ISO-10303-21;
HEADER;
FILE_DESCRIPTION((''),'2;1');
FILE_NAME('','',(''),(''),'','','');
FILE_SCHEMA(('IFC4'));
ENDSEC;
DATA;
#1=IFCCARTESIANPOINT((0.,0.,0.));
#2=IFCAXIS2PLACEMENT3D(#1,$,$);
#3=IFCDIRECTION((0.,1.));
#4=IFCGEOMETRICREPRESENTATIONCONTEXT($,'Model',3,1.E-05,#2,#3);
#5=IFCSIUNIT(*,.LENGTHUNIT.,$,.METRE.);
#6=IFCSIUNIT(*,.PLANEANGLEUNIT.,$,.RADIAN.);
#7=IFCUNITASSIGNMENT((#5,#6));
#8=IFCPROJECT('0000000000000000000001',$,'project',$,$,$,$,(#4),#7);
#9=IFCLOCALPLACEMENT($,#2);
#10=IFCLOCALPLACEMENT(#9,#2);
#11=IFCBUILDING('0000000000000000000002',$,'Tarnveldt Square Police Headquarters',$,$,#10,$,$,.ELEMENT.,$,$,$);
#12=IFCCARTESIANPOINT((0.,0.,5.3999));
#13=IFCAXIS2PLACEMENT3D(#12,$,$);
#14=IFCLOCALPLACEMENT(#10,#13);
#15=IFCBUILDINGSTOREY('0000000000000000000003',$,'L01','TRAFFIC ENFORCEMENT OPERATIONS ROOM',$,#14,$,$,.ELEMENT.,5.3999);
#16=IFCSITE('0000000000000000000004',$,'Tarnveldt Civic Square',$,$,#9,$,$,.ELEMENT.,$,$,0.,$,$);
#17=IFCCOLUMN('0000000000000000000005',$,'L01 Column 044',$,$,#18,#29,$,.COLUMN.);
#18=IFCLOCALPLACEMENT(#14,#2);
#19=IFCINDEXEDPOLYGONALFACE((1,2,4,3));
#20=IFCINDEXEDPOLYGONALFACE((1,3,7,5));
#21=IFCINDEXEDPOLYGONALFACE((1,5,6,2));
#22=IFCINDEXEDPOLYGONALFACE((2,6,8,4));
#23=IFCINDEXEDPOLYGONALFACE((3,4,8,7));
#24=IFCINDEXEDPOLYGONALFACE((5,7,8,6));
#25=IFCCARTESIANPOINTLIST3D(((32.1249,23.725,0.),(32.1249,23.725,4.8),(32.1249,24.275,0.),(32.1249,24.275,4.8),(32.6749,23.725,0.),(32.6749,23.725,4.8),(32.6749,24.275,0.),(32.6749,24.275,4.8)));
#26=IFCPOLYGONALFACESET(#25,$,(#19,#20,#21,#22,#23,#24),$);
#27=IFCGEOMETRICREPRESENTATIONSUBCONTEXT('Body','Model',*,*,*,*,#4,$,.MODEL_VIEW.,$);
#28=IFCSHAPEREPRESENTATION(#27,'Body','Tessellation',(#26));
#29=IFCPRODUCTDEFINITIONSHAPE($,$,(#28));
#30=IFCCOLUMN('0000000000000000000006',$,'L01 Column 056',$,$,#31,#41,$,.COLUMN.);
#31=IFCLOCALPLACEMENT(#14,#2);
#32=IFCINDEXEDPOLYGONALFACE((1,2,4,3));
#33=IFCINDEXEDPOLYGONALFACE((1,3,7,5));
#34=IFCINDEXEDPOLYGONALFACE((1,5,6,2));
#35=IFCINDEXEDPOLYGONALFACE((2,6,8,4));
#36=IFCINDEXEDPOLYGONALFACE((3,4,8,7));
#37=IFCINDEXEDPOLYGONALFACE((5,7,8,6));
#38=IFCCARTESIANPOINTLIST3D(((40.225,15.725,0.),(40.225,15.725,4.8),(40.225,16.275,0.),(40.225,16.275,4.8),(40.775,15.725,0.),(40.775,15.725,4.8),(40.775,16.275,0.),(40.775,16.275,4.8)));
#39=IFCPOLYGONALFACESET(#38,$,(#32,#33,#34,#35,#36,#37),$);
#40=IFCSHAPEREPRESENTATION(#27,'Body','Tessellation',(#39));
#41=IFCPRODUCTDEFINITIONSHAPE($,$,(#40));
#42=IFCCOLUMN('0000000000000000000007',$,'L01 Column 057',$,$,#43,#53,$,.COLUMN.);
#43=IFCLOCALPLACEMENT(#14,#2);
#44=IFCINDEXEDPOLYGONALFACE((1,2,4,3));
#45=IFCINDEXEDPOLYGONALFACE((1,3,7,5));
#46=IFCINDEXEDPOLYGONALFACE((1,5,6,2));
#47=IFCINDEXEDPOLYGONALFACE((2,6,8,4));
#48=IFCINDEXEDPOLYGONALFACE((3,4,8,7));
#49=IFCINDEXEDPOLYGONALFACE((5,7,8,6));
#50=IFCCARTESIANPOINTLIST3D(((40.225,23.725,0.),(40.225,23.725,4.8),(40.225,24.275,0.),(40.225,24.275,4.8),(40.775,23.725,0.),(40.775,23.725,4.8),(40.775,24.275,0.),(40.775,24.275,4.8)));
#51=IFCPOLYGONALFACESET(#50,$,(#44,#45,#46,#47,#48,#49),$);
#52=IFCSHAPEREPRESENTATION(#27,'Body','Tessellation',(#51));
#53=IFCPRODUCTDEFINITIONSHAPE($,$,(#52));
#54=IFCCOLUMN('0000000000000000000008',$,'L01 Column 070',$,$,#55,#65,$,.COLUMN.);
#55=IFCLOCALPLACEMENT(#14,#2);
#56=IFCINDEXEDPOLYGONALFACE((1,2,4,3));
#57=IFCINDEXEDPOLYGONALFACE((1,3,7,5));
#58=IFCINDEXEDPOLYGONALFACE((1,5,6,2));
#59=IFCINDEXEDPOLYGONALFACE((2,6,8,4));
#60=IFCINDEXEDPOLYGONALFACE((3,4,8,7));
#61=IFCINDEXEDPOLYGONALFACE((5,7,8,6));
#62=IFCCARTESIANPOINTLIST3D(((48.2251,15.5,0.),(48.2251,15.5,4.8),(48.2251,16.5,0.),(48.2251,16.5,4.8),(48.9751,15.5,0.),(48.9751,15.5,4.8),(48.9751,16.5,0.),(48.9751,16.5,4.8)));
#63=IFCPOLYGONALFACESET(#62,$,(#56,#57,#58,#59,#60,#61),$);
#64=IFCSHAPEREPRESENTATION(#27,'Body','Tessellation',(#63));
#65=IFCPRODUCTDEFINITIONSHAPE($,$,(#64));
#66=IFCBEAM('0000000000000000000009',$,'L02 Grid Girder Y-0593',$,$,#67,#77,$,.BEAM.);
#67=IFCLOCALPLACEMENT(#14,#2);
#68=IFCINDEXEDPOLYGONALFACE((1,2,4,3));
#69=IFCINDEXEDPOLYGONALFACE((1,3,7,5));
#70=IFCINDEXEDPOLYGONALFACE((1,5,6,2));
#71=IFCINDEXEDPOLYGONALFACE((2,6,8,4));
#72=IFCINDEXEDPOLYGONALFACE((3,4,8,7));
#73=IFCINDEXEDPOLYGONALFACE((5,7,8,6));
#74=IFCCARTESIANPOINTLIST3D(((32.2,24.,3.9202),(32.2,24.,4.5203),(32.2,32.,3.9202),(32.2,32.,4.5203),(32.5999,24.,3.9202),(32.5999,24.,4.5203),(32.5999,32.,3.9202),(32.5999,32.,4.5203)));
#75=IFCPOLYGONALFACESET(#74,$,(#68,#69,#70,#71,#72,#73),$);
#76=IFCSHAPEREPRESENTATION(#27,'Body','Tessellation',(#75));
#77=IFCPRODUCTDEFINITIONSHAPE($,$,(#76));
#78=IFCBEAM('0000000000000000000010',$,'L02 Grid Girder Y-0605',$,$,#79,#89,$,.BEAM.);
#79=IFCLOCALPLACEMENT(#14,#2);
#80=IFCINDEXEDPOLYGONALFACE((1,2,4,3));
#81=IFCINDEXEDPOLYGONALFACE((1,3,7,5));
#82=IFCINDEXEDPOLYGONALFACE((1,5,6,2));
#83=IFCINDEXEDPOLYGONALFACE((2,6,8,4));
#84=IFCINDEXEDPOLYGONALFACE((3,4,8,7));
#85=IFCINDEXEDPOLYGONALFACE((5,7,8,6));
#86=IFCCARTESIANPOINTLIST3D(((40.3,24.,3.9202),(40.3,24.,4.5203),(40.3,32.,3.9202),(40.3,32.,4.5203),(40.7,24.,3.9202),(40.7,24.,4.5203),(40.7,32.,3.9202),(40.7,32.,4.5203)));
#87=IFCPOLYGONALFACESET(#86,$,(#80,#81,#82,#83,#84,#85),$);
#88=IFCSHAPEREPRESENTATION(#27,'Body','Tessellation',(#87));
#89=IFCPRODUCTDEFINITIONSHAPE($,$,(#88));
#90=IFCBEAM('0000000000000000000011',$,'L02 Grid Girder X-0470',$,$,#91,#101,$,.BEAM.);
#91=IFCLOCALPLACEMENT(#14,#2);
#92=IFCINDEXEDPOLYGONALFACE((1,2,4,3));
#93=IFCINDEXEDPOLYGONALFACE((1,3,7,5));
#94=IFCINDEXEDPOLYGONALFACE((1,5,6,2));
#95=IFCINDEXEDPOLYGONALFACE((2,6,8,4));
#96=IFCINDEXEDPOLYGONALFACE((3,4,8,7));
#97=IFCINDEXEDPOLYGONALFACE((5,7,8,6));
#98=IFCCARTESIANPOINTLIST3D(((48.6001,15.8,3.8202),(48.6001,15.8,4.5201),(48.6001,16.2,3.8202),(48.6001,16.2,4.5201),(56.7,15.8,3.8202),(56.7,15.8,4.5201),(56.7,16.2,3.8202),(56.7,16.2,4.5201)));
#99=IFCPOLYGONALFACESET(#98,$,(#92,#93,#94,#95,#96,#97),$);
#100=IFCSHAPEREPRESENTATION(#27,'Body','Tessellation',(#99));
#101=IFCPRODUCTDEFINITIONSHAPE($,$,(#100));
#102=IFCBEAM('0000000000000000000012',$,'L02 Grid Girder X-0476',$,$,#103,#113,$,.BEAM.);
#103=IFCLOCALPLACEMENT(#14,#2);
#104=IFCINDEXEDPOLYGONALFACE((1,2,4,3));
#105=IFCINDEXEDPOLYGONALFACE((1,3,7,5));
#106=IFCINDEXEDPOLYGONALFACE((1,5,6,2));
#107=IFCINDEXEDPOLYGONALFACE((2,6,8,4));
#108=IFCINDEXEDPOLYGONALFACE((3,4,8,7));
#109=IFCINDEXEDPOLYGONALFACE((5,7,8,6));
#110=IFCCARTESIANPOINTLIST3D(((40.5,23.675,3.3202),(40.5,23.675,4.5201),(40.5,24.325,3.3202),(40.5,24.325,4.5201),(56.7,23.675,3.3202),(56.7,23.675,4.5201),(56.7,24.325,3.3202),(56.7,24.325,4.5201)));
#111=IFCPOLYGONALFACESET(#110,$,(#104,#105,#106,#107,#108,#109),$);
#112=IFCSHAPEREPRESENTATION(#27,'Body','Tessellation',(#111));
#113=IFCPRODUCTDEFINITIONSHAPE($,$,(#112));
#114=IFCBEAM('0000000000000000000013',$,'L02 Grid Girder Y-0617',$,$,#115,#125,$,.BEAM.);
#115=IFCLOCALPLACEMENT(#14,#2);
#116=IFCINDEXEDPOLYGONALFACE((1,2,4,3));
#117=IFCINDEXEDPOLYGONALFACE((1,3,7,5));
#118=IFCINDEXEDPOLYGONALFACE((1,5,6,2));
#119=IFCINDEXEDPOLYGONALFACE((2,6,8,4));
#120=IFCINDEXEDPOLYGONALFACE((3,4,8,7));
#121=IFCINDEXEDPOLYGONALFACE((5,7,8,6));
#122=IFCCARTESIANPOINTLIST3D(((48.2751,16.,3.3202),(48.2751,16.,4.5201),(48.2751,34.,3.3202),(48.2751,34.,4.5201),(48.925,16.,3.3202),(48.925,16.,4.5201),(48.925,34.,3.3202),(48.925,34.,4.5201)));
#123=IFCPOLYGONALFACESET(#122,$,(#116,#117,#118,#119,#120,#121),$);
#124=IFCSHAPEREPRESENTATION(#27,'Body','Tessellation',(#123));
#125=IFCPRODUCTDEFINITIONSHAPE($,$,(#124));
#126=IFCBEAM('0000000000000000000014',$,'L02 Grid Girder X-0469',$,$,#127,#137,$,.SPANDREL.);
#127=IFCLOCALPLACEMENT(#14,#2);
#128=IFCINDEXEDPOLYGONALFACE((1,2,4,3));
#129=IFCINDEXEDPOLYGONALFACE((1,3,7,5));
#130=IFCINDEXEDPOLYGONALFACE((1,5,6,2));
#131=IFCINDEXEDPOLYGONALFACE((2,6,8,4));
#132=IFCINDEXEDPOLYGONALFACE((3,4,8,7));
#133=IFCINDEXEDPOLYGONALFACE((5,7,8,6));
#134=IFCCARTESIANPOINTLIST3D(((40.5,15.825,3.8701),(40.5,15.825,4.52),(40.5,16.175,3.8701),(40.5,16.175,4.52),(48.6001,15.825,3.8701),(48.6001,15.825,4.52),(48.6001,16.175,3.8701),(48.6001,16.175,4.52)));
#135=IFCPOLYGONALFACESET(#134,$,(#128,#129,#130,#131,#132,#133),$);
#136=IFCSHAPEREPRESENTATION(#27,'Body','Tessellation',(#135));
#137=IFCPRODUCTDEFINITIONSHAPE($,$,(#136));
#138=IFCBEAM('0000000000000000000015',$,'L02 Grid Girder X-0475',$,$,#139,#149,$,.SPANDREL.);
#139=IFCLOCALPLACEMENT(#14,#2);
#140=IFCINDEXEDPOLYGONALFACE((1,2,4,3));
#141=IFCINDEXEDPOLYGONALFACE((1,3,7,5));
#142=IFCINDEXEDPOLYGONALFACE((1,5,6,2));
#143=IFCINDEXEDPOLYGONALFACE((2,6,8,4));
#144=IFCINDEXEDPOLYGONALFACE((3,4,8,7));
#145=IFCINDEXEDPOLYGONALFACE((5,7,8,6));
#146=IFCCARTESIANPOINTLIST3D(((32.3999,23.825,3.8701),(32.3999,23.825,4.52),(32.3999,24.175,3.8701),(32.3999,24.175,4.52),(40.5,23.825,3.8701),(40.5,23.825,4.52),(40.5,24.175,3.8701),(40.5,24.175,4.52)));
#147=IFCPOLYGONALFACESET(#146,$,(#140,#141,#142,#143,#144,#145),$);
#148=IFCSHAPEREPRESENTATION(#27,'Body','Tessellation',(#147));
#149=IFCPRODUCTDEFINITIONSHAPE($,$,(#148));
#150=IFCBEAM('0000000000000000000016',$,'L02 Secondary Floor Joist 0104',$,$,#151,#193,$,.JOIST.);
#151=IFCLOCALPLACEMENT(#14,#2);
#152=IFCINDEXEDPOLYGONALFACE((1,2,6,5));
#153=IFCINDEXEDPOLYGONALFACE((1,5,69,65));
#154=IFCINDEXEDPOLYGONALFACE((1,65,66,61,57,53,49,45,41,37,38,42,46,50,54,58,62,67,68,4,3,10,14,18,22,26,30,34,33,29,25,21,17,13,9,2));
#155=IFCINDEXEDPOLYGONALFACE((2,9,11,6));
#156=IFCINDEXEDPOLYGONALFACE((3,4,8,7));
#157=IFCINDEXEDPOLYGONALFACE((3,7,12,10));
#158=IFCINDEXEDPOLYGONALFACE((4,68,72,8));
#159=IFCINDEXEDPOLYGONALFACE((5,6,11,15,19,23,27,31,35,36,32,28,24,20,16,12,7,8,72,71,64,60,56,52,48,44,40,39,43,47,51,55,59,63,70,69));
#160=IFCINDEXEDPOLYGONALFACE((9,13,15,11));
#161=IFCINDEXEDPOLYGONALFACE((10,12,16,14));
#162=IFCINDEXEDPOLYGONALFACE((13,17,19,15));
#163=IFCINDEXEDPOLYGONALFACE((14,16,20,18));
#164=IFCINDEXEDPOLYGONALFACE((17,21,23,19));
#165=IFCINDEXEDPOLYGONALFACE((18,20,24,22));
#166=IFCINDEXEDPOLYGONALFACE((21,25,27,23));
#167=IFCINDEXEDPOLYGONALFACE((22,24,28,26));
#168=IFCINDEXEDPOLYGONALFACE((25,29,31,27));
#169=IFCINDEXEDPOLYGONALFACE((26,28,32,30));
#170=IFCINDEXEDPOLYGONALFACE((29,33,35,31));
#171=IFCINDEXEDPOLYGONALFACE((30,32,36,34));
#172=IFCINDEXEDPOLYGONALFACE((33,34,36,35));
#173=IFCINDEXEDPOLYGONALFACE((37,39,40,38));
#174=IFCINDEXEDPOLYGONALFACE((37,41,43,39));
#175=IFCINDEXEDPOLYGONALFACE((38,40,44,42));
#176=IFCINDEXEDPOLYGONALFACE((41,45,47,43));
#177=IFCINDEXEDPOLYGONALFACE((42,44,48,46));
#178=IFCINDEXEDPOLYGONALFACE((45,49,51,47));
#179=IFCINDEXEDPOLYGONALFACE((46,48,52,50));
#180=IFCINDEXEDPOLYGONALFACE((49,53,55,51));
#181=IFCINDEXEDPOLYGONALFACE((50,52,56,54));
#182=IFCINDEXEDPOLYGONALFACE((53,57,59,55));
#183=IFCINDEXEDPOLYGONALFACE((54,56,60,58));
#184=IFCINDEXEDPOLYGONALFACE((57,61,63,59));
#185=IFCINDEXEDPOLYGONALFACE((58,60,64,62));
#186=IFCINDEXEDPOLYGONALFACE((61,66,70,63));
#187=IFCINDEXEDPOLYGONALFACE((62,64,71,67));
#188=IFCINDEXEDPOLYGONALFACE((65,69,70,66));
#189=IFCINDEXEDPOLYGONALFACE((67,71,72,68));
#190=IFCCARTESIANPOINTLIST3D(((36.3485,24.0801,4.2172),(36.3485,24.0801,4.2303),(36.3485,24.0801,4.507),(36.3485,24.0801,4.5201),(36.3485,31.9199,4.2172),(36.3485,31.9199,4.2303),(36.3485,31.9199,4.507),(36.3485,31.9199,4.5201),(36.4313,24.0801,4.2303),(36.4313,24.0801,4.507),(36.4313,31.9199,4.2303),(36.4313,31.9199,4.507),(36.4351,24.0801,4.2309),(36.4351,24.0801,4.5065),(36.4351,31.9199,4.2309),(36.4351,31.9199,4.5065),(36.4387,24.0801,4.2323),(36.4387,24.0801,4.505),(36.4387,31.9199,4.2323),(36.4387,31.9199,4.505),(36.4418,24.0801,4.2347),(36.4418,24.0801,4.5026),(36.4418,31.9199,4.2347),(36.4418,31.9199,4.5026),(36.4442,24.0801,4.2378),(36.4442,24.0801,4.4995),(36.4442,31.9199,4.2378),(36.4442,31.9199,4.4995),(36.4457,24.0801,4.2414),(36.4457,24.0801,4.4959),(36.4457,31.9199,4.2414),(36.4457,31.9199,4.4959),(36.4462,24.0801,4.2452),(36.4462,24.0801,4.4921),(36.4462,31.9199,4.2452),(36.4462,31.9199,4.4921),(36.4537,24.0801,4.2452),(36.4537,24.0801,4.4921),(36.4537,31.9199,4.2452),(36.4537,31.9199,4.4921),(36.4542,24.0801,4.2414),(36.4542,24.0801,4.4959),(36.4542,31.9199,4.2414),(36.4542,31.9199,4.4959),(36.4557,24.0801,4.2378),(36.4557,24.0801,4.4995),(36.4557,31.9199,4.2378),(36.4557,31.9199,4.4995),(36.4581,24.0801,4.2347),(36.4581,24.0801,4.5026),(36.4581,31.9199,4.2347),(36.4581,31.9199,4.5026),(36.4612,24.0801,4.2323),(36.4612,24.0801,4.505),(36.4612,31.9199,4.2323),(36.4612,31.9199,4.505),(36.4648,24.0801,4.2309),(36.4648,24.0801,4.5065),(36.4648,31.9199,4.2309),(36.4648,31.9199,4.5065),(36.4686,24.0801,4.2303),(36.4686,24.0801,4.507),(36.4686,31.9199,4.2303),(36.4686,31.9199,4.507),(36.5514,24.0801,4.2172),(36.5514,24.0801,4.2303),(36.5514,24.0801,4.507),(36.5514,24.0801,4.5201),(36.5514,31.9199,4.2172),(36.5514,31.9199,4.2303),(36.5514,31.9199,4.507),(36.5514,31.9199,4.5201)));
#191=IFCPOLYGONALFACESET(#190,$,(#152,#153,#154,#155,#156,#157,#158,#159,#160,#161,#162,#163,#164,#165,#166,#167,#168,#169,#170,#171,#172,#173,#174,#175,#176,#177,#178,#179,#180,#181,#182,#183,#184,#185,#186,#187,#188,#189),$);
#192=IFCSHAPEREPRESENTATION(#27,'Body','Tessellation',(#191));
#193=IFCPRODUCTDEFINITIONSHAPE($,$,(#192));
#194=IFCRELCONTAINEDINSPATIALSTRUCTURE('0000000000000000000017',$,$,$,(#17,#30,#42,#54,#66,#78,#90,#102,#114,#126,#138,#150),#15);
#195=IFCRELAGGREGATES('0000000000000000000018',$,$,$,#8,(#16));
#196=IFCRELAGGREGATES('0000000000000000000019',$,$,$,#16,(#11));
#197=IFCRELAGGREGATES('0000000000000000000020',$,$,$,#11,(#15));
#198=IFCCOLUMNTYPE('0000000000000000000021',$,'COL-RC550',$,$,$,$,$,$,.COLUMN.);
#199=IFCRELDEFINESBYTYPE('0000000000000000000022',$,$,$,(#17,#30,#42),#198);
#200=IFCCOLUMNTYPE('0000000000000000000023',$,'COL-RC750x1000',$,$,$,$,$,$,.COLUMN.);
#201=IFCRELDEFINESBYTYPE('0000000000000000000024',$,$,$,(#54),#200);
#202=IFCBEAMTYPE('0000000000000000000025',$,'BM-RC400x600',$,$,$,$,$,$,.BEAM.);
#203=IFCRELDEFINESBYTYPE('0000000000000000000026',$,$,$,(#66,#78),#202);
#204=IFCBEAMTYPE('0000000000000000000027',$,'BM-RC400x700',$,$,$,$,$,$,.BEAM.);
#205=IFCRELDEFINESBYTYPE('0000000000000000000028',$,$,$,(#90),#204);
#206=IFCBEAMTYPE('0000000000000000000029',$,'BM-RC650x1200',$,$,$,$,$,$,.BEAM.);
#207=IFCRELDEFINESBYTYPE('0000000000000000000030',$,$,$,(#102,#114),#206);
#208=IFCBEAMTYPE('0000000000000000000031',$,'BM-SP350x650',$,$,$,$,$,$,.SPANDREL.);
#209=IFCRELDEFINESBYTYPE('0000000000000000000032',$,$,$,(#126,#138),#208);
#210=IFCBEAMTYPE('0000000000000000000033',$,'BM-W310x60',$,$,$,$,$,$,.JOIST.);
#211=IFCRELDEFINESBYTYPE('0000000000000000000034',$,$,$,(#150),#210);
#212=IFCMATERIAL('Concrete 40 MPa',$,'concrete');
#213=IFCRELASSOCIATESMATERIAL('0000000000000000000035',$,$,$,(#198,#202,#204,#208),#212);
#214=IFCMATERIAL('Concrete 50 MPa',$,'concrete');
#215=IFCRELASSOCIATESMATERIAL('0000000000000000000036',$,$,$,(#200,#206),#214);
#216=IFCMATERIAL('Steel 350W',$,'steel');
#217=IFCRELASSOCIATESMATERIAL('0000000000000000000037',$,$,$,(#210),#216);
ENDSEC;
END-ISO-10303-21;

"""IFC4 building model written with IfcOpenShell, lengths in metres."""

from ifc_helpers import new_model, si_unit, direction, frame, origin, origin_2d, place, context, subcontext, project, spatial, rectangle, i_section, extrude, material, material_profile, profile_set, type_object, element, save


model = new_model("IFC4")

# Units and contexts
model_context = context("Model", 3, precision=1e-05, world=origin(), true_north=direction((0.0, 1.0)))
body_context = subcontext(model_context, "Body", "Model", "MODEL_VIEW")
ifc_project = project(units=[si_unit("LENGTHUNIT", "METRE"), si_unit("PLANEANGLEUNIT", "RADIAN")], contexts=[model_context])

# Site, building, storey
site_placement = place(None, origin())
site = spatial("IfcSite", under=ifc_project, at=site_placement, Name="Tarnveldt Civic Square", CompositionType="ELEMENT", RefElevation=0.0)
building_placement = place(site_placement, origin())
building = spatial("IfcBuilding", under=site, at=building_placement, Name="Tarnveldt Square Police Headquarters", CompositionType="ELEMENT")
storey_placement = place(building_placement, frame((0.0, 0.0, 5.3999)))
storey = spatial("IfcBuildingStorey", under=building, at=storey_placement, Name="L01", Description="TRAFFIC ENFORCEMENT OPERATIONS ROOM", CompositionType="ELEMENT", Elevation=5.3999)

# Columns
ifc_material_1 = material(Name="Concrete 40 MPa", Category="concrete")
ifc_material_profile_1 = material_profile(ifc_material_1, rectangle(XDim=0.55, YDim=0.55, at=origin_2d()), Name="RC-C550x550")
ifc_profile_set_1 = profile_set([ifc_material_profile_1], Name="Concrete 40 MPa")
column_type_1 = type_object("IfcColumnType", Name="COL-RC550", PredefinedType="COLUMN", material=ifc_profile_set_1)
for number, where, z_axis, x_axis, name in (
    (1, (32.3999, 24.0, 0.0), (0.0, 0.0, 1.0), (1.0, 0.0, 0.0), "L01 Column 044"),
    (2, (40.5, 16.0, 0.0), (0.0, 0.0, 1.0), (1.0, 0.0, 0.0), "L01 Column 056"),
    (3, (40.5, 24.0, 0.0), (0.0, 0.0, 1.0), (1.0, 0.0, 0.0), "L01 Column 057"),
):
    element("IfcColumn", number, at=place(storey_placement, frame(where, z_axis=z_axis, x_axis=x_axis)), inside=storey, type_object=column_type_1, Name=name, PredefinedType="COLUMN", context=body_context, shape_type="SweptSolid", body=[
        extrude(rectangle(XDim=0.55, YDim=0.55, at=origin_2d()), origin(), (0.0, 0.0, 1.0), 4.8),
    ])
ifc_material_2 = material(Name="Concrete 50 MPa", Category="concrete")
ifc_material_profile_2 = material_profile(ifc_material_2, rectangle(XDim=0.75, YDim=1.0, at=origin_2d()), Name="RC-C750x1000")
ifc_profile_set_2 = profile_set([ifc_material_profile_2], Name="Concrete 50 MPa")
column_type_2 = type_object("IfcColumnType", Name="COL-RC750x1000", PredefinedType="COLUMN", material=ifc_profile_set_2)
column_placement = place(storey_placement, frame((48.6001, 16.0, 0.0), z_axis=(0.0, 0.0, 1.0), x_axis=(1.0, 0.0, 0.0)))
element("IfcColumn", 4, at=column_placement, inside=storey, type_object=column_type_2, Name="L01 Column 070", PredefinedType="COLUMN", context=body_context, shape_type="SweptSolid", body=[
    extrude(rectangle(XDim=0.75, YDim=1.0, at=origin_2d()), origin(), (0.0, 0.0, 1.0), 4.8),
])

# Beams
ifc_material_profile_3 = material_profile(ifc_material_1, rectangle(XDim=0.3999, YDim=0.6001, at=origin_2d()), Name="RC-B400x600")
ifc_profile_set_3 = profile_set([ifc_material_profile_3], Name="Concrete 40 MPa")
beam_type_1 = type_object("IfcBeamType", Name="BM-RC400x600", PredefinedType="BEAM", material=ifc_profile_set_3)
for number, where, z_axis, x_axis, name in (
    (5, (32.3999, 24.0, 4.2202), (0.0, 1.0, 0.0), (-1.0, 0.0, 0.0), "L02 Grid Girder Y-0593"),
    (6, (40.5, 24.0, 4.2202), (0.0, 1.0, 0.0), (-1.0, 0.0, 0.0), "L02 Grid Girder Y-0605"),
):
    element("IfcBeam", number, at=place(storey_placement, frame(where, z_axis=z_axis, x_axis=x_axis)), inside=storey, type_object=beam_type_1, Name=name, PredefinedType="BEAM", context=body_context, shape_type="SweptSolid", body=[
        extrude(rectangle(XDim=0.3999, YDim=0.6001, at=origin_2d()), origin(), (0.0, 0.0, 1.0), 8.0),
    ])
ifc_material_profile_4 = material_profile(ifc_material_1, rectangle(XDim=0.3999, YDim=0.7, at=origin_2d()), Name="RC-B400x700")
ifc_profile_set_4 = profile_set([ifc_material_profile_4], Name="Concrete 40 MPa")
beam_type_2 = type_object("IfcBeamType", Name="BM-RC400x700", PredefinedType="BEAM", material=ifc_profile_set_4)
beam_1_placement = place(storey_placement, frame((48.6001, 16.0, 4.1702), z_axis=(1.0, 0.0, 0.0), x_axis=(0.0, 1.0, 0.0)))
element("IfcBeam", 7, at=beam_1_placement, inside=storey, type_object=beam_type_2, Name="L02 Grid Girder X-0470", PredefinedType="BEAM", context=body_context, shape_type="SweptSolid", body=[
    extrude(rectangle(XDim=0.3999, YDim=0.7, at=origin_2d()), origin(), (0.0, 0.0, 1.0), 8.0999),
])
ifc_material_profile_5 = material_profile(ifc_material_2, rectangle(XDim=0.6499, YDim=1.2, at=origin_2d()), Name="RC-B650x1200")
ifc_profile_set_5 = profile_set([ifc_material_profile_5], Name="Concrete 50 MPa")
beam_type_3 = type_object("IfcBeamType", Name="BM-RC650x1200", PredefinedType="BEAM", material=ifc_profile_set_5)
beam_2_placement = place(storey_placement, frame((40.5, 24.0, 3.9202), z_axis=(1.0, 0.0, 0.0), x_axis=(0.0, 1.0, 0.0)))
element("IfcBeam", 8, at=beam_2_placement, inside=storey, type_object=beam_type_3, Name="L02 Grid Girder X-0476", PredefinedType="BEAM", context=body_context, shape_type="SweptSolid", body=[
    extrude(rectangle(XDim=0.6499, YDim=1.2, at=origin_2d()), origin(), (0.0, 0.0, 1.0), 16.2),
])
beam_3_placement = place(storey_placement, frame((48.6001, 16.0, 3.9202), z_axis=(0.0, 1.0, 0.0), x_axis=(-1.0, 0.0, 0.0)))
element("IfcBeam", 9, at=beam_3_placement, inside=storey, type_object=beam_type_3, Name="L02 Grid Girder Y-0617", PredefinedType="BEAM", context=body_context, shape_type="SweptSolid", body=[
    extrude(rectangle(XDim=0.6499, YDim=1.2, at=origin_2d()), origin(), (0.0, 0.0, 1.0), 18.0),
])
ifc_material_profile_6 = material_profile(ifc_material_1, rectangle(XDim=0.3501, YDim=0.6499, at=origin_2d()), Name="RC-SP350x650")
ifc_profile_set_6 = profile_set([ifc_material_profile_6], Name="Concrete 40 MPa")
beam_type_4 = type_object("IfcBeamType", Name="BM-SP350x650", PredefinedType="SPANDREL", material=ifc_profile_set_6)
for number, where, z_axis, x_axis, name in (
    (10, (40.5, 16.0, 4.1951), (1.0, 0.0, 0.0), (0.0, 1.0, 0.0), "L02 Grid Girder X-0469"),
    (11, (32.3999, 24.0, 4.1951), (1.0, 0.0, 0.0), (0.0, 1.0, 0.0), "L02 Grid Girder X-0475"),
):
    element("IfcBeam", number, at=place(storey_placement, frame(where, z_axis=z_axis, x_axis=x_axis)), inside=storey, type_object=beam_type_4, Name=name, PredefinedType="SPANDREL", context=body_context, shape_type="SweptSolid", body=[
        extrude(rectangle(XDim=0.3501, YDim=0.6499, at=origin_2d()), origin(), (0.0, 0.0, 1.0), 8.1001),
    ])
ifc_material_3 = material(Name="Steel 350W", Category="steel")
ifc_material_profile_7 = material_profile(ifc_material_3, i_section(OverallWidth=0.2029, OverallDepth=0.303, WebThickness=0.0076, FlangeThickness=0.0132, FilletRadius=0.0149, at=origin_2d()), Name="W310x60")
ifc_profile_set_7 = profile_set([ifc_material_profile_7], Name="Steel 350W")
beam_type_5 = type_object("IfcBeamType", Name="BM-W310x60", PredefinedType="JOIST", material=ifc_profile_set_7)
beam_4_placement = place(storey_placement, frame((36.45, 24.0801, 4.3687), z_axis=(0.0, 1.0, 0.0), x_axis=(-1.0, 0.0, 0.0)))
element("IfcBeam", 12, at=beam_4_placement, inside=storey, type_object=beam_type_5, Name="L02 Secondary Floor Joist 0104", PredefinedType="JOIST", context=body_context, shape_type="SweptSolid", body=[
    extrude(i_section(OverallWidth=0.2029, OverallDepth=0.303, WebThickness=0.0076, FlangeThickness=0.0132, FilletRadius=0.0149, at=origin_2d()), origin(), (0.0, 0.0, 1.0), 7.8398),
])

save(model, "model.ifc")
